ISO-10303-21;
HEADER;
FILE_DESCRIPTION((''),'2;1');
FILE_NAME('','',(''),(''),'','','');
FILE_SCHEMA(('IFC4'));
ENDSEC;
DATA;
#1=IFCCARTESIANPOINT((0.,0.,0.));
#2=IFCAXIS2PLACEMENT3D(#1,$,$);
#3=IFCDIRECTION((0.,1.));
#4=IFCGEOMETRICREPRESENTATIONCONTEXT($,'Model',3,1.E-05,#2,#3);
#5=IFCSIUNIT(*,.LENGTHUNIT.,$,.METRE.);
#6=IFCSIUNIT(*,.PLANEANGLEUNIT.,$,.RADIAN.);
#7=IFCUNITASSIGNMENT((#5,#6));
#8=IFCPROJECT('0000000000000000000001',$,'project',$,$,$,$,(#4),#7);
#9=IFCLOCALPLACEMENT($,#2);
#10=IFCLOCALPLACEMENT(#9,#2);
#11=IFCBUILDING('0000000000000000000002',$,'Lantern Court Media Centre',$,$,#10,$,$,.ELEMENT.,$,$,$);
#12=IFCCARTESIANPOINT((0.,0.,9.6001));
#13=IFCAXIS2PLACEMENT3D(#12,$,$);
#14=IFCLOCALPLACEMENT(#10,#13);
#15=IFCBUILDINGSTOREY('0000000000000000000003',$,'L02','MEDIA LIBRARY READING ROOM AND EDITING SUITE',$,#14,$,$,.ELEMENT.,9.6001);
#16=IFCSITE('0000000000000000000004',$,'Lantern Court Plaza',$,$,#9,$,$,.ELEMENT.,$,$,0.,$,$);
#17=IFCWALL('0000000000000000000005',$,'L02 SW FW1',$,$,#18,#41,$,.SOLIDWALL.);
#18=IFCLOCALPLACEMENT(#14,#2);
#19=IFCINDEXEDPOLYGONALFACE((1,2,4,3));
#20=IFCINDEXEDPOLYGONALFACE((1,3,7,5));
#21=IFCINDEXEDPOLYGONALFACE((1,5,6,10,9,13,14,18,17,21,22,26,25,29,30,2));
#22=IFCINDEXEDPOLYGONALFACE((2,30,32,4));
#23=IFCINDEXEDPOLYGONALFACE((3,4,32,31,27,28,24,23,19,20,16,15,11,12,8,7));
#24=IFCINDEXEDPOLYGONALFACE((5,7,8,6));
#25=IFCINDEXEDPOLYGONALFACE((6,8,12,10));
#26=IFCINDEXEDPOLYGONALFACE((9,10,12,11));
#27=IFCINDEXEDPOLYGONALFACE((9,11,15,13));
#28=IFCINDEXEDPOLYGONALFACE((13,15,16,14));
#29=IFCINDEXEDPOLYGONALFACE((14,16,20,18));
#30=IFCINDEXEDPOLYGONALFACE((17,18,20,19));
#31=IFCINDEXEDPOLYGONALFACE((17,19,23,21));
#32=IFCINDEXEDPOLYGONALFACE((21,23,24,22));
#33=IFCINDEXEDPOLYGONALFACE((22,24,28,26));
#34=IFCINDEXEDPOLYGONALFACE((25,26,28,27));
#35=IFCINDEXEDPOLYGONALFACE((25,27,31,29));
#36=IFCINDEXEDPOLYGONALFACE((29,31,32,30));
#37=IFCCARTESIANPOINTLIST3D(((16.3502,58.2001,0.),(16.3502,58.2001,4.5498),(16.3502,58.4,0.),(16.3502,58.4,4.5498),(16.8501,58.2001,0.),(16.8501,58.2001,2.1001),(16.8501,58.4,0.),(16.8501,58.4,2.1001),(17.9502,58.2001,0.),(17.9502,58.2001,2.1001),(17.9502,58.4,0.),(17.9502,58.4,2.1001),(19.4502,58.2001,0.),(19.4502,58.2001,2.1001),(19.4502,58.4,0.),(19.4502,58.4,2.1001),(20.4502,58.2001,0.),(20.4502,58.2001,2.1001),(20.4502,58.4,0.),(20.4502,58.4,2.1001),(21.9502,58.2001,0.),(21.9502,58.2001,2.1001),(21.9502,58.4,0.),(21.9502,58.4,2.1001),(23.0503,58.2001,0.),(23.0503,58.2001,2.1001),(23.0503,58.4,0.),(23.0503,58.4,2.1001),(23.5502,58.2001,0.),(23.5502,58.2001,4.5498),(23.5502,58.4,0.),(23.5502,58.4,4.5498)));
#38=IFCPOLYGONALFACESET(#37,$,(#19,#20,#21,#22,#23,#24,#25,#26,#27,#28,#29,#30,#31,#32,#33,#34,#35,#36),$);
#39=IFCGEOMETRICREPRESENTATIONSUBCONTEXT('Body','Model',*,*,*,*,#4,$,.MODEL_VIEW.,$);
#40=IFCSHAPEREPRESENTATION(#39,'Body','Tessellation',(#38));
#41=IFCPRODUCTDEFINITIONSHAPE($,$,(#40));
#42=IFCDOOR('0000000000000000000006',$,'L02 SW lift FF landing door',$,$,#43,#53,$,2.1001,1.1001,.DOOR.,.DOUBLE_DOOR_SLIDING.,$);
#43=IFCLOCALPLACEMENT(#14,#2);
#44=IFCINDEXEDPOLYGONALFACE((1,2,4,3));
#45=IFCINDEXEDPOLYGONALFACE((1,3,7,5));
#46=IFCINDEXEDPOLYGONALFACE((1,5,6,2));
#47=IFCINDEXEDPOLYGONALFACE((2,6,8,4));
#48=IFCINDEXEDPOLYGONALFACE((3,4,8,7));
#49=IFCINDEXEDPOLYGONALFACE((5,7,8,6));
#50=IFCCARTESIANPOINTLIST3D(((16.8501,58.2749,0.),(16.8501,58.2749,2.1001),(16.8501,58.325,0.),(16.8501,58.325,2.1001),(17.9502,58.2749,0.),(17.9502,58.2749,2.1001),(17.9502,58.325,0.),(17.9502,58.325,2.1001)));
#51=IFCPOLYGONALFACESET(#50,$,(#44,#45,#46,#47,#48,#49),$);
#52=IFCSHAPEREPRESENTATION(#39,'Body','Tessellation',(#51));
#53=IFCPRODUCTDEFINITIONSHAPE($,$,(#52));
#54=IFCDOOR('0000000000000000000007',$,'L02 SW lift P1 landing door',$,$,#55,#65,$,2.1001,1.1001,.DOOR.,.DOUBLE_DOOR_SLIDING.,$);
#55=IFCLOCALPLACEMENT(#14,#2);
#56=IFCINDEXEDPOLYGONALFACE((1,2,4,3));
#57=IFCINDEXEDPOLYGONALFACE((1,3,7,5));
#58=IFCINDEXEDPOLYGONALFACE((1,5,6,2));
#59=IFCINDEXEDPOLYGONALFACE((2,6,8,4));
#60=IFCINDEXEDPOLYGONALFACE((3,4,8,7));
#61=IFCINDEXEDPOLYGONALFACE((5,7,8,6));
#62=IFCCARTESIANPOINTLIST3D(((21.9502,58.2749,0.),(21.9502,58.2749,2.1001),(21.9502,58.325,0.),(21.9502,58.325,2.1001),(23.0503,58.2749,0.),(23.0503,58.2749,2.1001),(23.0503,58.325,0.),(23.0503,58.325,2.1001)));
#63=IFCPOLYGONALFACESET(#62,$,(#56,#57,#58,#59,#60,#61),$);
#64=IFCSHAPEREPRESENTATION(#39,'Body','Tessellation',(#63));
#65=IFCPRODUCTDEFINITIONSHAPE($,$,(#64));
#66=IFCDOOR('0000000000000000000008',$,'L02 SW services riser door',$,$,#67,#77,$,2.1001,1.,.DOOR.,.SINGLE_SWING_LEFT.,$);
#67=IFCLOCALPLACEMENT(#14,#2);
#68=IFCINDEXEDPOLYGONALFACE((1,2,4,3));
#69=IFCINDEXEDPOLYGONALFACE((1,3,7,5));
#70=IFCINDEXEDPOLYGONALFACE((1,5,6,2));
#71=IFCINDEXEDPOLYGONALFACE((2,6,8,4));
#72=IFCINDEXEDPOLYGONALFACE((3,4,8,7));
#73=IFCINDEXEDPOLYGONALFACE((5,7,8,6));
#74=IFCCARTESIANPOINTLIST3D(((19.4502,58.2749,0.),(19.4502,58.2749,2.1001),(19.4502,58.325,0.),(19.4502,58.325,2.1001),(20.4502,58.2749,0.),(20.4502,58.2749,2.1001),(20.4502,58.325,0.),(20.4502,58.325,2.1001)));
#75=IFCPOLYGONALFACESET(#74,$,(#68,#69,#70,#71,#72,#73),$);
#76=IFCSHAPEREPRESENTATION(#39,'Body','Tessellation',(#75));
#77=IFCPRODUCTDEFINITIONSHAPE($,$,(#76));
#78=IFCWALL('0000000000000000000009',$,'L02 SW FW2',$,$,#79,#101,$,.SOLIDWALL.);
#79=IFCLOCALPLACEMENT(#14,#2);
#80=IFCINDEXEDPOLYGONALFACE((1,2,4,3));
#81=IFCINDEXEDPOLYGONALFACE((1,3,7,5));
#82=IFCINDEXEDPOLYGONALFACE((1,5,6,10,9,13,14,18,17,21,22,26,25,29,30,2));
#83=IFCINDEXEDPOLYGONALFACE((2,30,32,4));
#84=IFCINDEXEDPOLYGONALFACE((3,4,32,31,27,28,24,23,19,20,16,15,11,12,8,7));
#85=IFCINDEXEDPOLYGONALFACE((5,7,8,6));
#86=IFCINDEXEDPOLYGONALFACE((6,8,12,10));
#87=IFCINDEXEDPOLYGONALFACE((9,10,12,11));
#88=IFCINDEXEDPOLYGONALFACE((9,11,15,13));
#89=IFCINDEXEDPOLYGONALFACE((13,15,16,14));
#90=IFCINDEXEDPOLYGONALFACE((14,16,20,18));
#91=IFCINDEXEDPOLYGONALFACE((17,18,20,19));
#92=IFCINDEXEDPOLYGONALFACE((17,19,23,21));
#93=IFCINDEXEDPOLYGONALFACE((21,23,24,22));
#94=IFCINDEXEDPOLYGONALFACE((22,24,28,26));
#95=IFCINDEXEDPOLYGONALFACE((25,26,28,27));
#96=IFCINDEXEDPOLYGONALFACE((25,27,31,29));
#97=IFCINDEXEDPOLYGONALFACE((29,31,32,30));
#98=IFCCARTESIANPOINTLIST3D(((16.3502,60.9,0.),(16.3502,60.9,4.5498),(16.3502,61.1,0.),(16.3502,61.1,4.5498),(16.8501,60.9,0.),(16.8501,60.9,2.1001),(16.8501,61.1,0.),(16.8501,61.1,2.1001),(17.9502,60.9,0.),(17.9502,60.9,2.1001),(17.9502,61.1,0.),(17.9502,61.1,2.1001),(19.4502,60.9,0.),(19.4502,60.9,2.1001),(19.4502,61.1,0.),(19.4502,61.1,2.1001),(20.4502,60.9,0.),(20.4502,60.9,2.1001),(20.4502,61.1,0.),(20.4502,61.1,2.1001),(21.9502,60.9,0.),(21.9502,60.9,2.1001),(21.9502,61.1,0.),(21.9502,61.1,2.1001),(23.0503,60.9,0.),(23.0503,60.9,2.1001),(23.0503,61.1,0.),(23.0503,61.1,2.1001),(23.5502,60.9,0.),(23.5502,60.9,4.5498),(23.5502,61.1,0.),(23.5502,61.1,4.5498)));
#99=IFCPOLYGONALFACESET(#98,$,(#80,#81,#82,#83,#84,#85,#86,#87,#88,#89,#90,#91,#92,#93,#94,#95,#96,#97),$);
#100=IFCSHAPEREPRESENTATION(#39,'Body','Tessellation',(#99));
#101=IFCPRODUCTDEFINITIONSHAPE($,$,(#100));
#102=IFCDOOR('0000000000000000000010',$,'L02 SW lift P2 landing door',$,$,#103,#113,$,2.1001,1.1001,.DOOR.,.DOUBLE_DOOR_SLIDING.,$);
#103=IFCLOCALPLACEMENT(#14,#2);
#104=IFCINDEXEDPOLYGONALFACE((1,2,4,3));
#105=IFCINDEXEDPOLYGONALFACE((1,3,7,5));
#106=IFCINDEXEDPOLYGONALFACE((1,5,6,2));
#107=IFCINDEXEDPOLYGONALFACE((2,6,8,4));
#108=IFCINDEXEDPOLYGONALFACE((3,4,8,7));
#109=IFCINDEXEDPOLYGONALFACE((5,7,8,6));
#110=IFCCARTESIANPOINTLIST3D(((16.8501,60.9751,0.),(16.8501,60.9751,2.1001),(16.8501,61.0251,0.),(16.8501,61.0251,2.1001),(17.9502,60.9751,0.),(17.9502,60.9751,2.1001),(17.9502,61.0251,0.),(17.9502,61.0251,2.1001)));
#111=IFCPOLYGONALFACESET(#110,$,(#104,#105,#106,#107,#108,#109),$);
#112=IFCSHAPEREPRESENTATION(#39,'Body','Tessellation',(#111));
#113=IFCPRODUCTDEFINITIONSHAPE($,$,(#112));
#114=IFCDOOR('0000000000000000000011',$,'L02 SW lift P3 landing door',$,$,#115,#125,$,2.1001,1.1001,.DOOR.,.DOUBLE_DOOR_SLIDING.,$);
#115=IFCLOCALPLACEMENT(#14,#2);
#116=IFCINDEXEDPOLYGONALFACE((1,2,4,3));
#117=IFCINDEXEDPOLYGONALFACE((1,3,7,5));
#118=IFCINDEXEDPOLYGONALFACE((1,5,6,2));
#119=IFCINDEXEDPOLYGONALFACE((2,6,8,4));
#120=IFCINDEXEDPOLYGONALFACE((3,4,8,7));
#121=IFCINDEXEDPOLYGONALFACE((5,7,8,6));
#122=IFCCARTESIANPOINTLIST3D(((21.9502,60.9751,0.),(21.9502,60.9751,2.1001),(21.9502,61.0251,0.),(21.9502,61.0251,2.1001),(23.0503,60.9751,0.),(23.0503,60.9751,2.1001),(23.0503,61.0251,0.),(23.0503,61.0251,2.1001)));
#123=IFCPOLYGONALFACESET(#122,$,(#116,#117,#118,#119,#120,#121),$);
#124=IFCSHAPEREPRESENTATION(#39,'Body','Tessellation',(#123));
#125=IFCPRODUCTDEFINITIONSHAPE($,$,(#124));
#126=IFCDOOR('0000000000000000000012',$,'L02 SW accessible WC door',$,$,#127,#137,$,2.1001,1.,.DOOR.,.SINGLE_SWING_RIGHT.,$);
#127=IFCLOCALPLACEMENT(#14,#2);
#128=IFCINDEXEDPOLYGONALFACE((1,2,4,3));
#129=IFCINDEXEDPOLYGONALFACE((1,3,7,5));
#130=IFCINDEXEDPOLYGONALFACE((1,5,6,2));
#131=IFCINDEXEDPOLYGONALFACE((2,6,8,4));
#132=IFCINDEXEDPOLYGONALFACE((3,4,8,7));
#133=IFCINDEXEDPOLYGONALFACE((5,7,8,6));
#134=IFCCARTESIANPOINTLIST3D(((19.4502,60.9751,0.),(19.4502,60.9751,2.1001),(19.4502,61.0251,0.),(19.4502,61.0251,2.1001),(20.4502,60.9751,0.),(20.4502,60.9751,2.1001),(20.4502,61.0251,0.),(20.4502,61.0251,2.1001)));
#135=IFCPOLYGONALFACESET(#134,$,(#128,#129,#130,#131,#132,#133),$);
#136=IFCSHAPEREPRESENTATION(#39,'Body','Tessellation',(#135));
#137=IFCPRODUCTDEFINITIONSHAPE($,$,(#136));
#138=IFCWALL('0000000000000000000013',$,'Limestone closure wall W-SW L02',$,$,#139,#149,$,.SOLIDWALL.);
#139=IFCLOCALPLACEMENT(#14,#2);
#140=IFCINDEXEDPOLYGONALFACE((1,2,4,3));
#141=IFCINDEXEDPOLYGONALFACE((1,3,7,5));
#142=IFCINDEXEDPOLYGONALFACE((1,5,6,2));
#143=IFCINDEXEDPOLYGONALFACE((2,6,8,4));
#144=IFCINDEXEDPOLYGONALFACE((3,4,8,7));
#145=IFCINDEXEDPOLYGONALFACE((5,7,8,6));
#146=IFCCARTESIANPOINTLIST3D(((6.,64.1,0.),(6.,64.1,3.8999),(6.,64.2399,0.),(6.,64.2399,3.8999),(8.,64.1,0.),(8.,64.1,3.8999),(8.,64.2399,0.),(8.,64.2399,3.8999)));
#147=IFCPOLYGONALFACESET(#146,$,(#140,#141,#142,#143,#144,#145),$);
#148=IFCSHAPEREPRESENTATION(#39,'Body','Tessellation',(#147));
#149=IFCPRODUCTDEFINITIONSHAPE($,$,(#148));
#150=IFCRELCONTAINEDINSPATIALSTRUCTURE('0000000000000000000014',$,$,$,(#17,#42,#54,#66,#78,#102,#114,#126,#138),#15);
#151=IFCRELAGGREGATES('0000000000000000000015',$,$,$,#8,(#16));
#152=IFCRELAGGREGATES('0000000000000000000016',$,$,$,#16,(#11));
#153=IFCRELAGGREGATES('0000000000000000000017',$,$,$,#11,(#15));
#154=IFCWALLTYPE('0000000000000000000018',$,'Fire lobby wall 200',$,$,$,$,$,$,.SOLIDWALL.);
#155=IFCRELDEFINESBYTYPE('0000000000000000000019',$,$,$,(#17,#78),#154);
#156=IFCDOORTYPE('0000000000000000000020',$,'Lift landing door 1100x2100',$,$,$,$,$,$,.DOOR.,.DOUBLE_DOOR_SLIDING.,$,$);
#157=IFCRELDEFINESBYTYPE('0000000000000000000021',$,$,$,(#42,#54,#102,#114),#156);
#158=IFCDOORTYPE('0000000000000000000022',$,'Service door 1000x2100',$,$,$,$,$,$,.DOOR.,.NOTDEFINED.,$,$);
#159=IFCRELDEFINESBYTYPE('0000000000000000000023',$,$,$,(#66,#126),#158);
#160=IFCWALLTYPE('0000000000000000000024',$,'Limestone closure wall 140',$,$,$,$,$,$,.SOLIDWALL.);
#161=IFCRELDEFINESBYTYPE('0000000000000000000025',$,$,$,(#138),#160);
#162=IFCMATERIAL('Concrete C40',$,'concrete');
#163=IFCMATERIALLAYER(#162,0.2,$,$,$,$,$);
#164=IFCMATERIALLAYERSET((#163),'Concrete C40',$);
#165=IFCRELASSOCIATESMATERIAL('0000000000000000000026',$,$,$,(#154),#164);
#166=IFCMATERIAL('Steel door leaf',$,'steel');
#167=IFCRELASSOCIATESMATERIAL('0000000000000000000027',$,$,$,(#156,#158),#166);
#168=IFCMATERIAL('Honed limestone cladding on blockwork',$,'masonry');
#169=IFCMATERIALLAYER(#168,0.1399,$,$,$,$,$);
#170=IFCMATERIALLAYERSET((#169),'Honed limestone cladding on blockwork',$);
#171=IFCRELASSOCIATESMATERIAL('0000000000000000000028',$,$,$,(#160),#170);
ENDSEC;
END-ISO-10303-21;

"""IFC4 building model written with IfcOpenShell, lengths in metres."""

from ifc_helpers import new_model, si_unit, direction, frame, frame_2d, origin, place, context, subcontext, project, spatial, rectangle, extrude, material, layer, layer_set, type_object, element, fill, save


model = new_model("IFC4")

# Units and contexts
model_context = context("Model", 3, precision=1e-05, world=origin(), true_north=direction((0.0, 1.0)))
body_context = subcontext(model_context, "Body", "Model", "MODEL_VIEW")
ifc_project = project(units=[si_unit("LENGTHUNIT", "METRE"), si_unit("PLANEANGLEUNIT", "RADIAN")], contexts=[model_context])

# Site, building, storey
site_placement = place(None, origin())
site = spatial("IfcSite", under=ifc_project, at=site_placement, Name="Lantern Court Plaza", CompositionType="ELEMENT", RefElevation=0.0)
building_placement = place(site_placement, origin())
building = spatial("IfcBuilding", under=site, at=building_placement, Name="Lantern Court Media Centre", CompositionType="ELEMENT")
storey_placement = place(building_placement, frame((0.0, 0.0, 9.6001)))
storey = spatial("IfcBuildingStorey", under=building, at=storey_placement, Name="L02", Description="MEDIA LIBRARY READING ROOM AND EDITING SUITE", CompositionType="ELEMENT", Elevation=9.6001)

# Walls, openings, doors
ifc_material_1 = material(Name="Concrete C40", Category="concrete")
ifc_layer_1 = layer(ifc_material_1, 0.2)
ifc_layer_set_1 = layer_set([ifc_layer_1], Name="Concrete C40")
wall_type_1 = type_object("IfcWallType", Name="Fire lobby wall 200", PredefinedType="SOLIDWALL", material=ifc_layer_set_1)
wall_1_placement = place(storey_placement, frame((16.3501, 58.3, 0.0), z_axis=(0.0, 0.0, 1.0), x_axis=(1.0, 0.0, 0.0)))
wall_1 = element("IfcWall", 1, at=wall_1_placement, inside=storey, type_object=wall_type_1, Name="L02 SW FW1", PredefinedType="SOLIDWALL", context=body_context, shape_type="SweptSolid", body=[
    extrude(rectangle(XDim=7.2, YDim=0.2, at=frame_2d((3.6001, 0.0))), origin(), (0.0, 0.0, 1.0), 4.5498),
])
opening_1_placement = place(wall_1_placement, frame((0.5, 0.0, 0.0)))
opening_1 = element("IfcOpeningElement", 2, at=opening_1_placement, cuts=wall_1, PredefinedType="OPENING", context=body_context, shape_type="SweptSolid", body=[
    extrude(rectangle(XDim=1.1001, YDim=2.1001, at=frame_2d((0.55, 1.05))), frame((0.0, 0.1099, 0.0), z_axis=(0.0, -1.0, 0.0), x_axis=(1.0, 0.0, 0.0)), (0.0, 0.0, 1.0), 0.22),
])
opening_2_placement = place(wall_1_placement, frame((5.6001, 0.0, 0.0)))
opening_2 = element("IfcOpeningElement", 3, at=opening_2_placement, cuts=wall_1, PredefinedType="OPENING", context=body_context, shape_type="SweptSolid", body=[
    extrude(rectangle(XDim=1.1001, YDim=2.1001, at=frame_2d((0.55, 1.05))), frame((0.0, 0.1099, 0.0), z_axis=(0.0, -1.0, 0.0), x_axis=(1.0, 0.0, 0.0)), (0.0, 0.0, 1.0), 0.22),
])
opening_3_placement = place(wall_1_placement, frame((3.1001, 0.0, 0.0)))
opening_3 = element("IfcOpeningElement", 4, at=opening_3_placement, cuts=wall_1, PredefinedType="OPENING", context=body_context, shape_type="SweptSolid", body=[
    extrude(rectangle(XDim=1.0, YDim=2.1001, at=frame_2d((0.5, 1.05))), frame((0.0, 0.1099, 0.0), z_axis=(0.0, -1.0, 0.0), x_axis=(1.0, 0.0, 0.0)), (0.0, 0.0, 1.0), 0.22),
])
ifc_material_2 = material(Name="Steel door leaf", Category="steel")
door_type_1 = type_object("IfcDoorType", Name="Lift landing door 1100x2100", OperationType="DOUBLE_DOOR_SLIDING", PredefinedType="DOOR", material=ifc_material_2)
door_1_placement = place(opening_1_placement, origin())
door_1 = element("IfcDoor", 5, at=door_1_placement, inside=storey, type_object=door_type_1, Name="L02 SW lift FF landing door", OperationType="DOUBLE_DOOR_SLIDING", OverallHeight=2.1001, OverallWidth=1.1001, PredefinedType="DOOR", context=body_context, shape_type="SweptSolid", body=[
    extrude(rectangle(XDim=1.1001, YDim=2.1001, at=frame_2d((0.55, 1.05))), frame((0.0, 0.0249, 0.0), z_axis=(0.0, -1.0, 0.0), x_axis=(1.0, 0.0, 0.0)), (0.0, 0.0, 1.0), 0.05),
])
fill(opening_1, door_1)
door_2_placement = place(opening_2_placement, origin())
door_2 = element("IfcDoor", 6, at=door_2_placement, inside=storey, type_object=door_type_1, Name="L02 SW lift P1 landing door", OperationType="DOUBLE_DOOR_SLIDING", OverallHeight=2.1001, OverallWidth=1.1001, PredefinedType="DOOR", context=body_context, shape_type="SweptSolid", body=[
    extrude(rectangle(XDim=1.1001, YDim=2.1001, at=frame_2d((0.55, 1.05))), frame((0.0, 0.0249, 0.0), z_axis=(0.0, -1.0, 0.0), x_axis=(1.0, 0.0, 0.0)), (0.0, 0.0, 1.0), 0.05),
])
fill(opening_2, door_2)
door_type_2 = type_object("IfcDoorType", Name="Service door 1000x2100", OperationType="NOTDEFINED", PredefinedType="DOOR", material=ifc_material_2)
door_3_placement = place(opening_3_placement, origin())
door_3 = element("IfcDoor", 7, at=door_3_placement, inside=storey, type_object=door_type_2, Name="L02 SW services riser door", OperationType="SINGLE_SWING_LEFT", OverallHeight=2.1001, OverallWidth=1.0, PredefinedType="DOOR", context=body_context, shape_type="SweptSolid", body=[
    extrude(rectangle(XDim=1.0, YDim=2.1001, at=frame_2d((0.5, 1.05))), frame((0.0, 0.0249, 0.0), z_axis=(0.0, -1.0, 0.0), x_axis=(1.0, 0.0, 0.0)), (0.0, 0.0, 1.0), 0.05),
])
fill(opening_3, door_3)
wall_2_placement = place(storey_placement, frame((16.3501, 61.0, 0.0), z_axis=(0.0, 0.0, 1.0), x_axis=(1.0, 0.0, 0.0)))
wall_2 = element("IfcWall", 8, at=wall_2_placement, inside=storey, type_object=wall_type_1, Name="L02 SW FW2", PredefinedType="SOLIDWALL", context=body_context, shape_type="SweptSolid", body=[
    extrude(rectangle(XDim=7.2, YDim=0.2, at=frame_2d((3.6001, 0.0))), origin(), (0.0, 0.0, 1.0), 4.5498),
])
opening_4_placement = place(wall_2_placement, frame((0.5, 0.0, 0.0)))
opening_4 = element("IfcOpeningElement", 9, at=opening_4_placement, cuts=wall_2, PredefinedType="OPENING", context=body_context, shape_type="SweptSolid", body=[
    extrude(rectangle(XDim=1.1001, YDim=2.1001, at=frame_2d((0.55, 1.05))), frame((0.0, 0.1099, 0.0), z_axis=(0.0, -1.0, 0.0), x_axis=(1.0, 0.0, 0.0)), (0.0, 0.0, 1.0), 0.22),
])
opening_5_placement = place(wall_2_placement, frame((5.6001, 0.0, 0.0)))
opening_5 = element("IfcOpeningElement", 10, at=opening_5_placement, cuts=wall_2, PredefinedType="OPENING", context=body_context, shape_type="SweptSolid", body=[
    extrude(rectangle(XDim=1.1001, YDim=2.1001, at=frame_2d((0.55, 1.05))), frame((0.0, 0.1099, 0.0), z_axis=(0.0, -1.0, 0.0), x_axis=(1.0, 0.0, 0.0)), (0.0, 0.0, 1.0), 0.22),
])
opening_6_placement = place(wall_2_placement, frame((3.1001, 0.0, 0.0)))
opening_6 = element("IfcOpeningElement", 11, at=opening_6_placement, cuts=wall_2, PredefinedType="OPENING", context=body_context, shape_type="SweptSolid", body=[
    extrude(rectangle(XDim=1.0, YDim=2.1001, at=frame_2d((0.5, 1.05))), frame((0.0, 0.1099, 0.0), z_axis=(0.0, -1.0, 0.0), x_axis=(1.0, 0.0, 0.0)), (0.0, 0.0, 1.0), 0.22),
])
door_4_placement = place(opening_4_placement, frame((1.1001, 0.0, 0.0), z_axis=(0.0, 0.0, 1.0), x_axis=(-1.0, 0.0, 0.0)))
door_4 = element("IfcDoor", 12, at=door_4_placement, inside=storey, type_object=door_type_1, Name="L02 SW lift P2 landing door", OperationType="DOUBLE_DOOR_SLIDING", OverallHeight=2.1001, OverallWidth=1.1001, PredefinedType="DOOR", context=body_context, shape_type="SweptSolid", body=[
    extrude(rectangle(XDim=1.1001, YDim=2.1001, at=frame_2d((0.55, 1.05))), frame((0.0, 0.0249, 0.0), z_axis=(0.0, -1.0, 0.0), x_axis=(1.0, 0.0, 0.0)), (0.0, 0.0, 1.0), 0.05),
])
fill(opening_4, door_4)
door_5_placement = place(opening_5_placement, frame((1.1001, 0.0, 0.0), z_axis=(0.0, 0.0, 1.0), x_axis=(-1.0, 0.0, 0.0)))
door_5 = element("IfcDoor", 13, at=door_5_placement, inside=storey, type_object=door_type_1, Name="L02 SW lift P3 landing door", OperationType="DOUBLE_DOOR_SLIDING", OverallHeight=2.1001, OverallWidth=1.1001, PredefinedType="DOOR", context=body_context, shape_type="SweptSolid", body=[
    extrude(rectangle(XDim=1.1001, YDim=2.1001, at=frame_2d((0.55, 1.05))), frame((0.0, 0.0249, 0.0), z_axis=(0.0, -1.0, 0.0), x_axis=(1.0, 0.0, 0.0)), (0.0, 0.0, 1.0), 0.05),
])
fill(opening_5, door_5)
door_6_placement = place(opening_6_placement, frame((1.0, 0.0, 0.0), z_axis=(0.0, 0.0, 1.0), x_axis=(-1.0, 0.0, 0.0)))
door_6 = element("IfcDoor", 14, at=door_6_placement, inside=storey, type_object=door_type_2, Name="L02 SW accessible WC door", OperationType="SINGLE_SWING_RIGHT", OverallHeight=2.1001, OverallWidth=1.0, PredefinedType="DOOR", context=body_context, shape_type="SweptSolid", body=[
    extrude(rectangle(XDim=1.0, YDim=2.1001, at=frame_2d((0.5, 1.05))), frame((0.0, 0.0249, 0.0), z_axis=(0.0, -1.0, 0.0), x_axis=(1.0, 0.0, 0.0)), (0.0, 0.0, 1.0), 0.05),
])
fill(opening_6, door_6)

# Wall
ifc_material_3 = material(Name="Honed limestone cladding on blockwork", Category="masonry")
ifc_layer_2 = layer(ifc_material_3, 0.1399)
ifc_layer_set_2 = layer_set([ifc_layer_2], Name="Honed limestone cladding on blockwork")
wall_type_2 = type_object("IfcWallType", Name="Limestone closure wall 140", PredefinedType="SOLIDWALL", material=ifc_layer_set_2)
wall_3_placement = place(storey_placement, frame((6.0, 64.1699, 0.0), z_axis=(0.0, 0.0, 1.0), x_axis=(1.0, 0.0, 0.0)))
element("IfcWall", 15, at=wall_3_placement, inside=storey, type_object=wall_type_2, Name="Limestone closure wall W-SW L02", PredefinedType="SOLIDWALL", context=body_context, shape_type="SweptSolid", body=[
    extrude(rectangle(XDim=2.0, YDim=0.1399, at=frame_2d((1.0, 0.0))), origin(), (0.0, 0.0, 1.0), 3.8999),
])

save(model, "model.ifc")
